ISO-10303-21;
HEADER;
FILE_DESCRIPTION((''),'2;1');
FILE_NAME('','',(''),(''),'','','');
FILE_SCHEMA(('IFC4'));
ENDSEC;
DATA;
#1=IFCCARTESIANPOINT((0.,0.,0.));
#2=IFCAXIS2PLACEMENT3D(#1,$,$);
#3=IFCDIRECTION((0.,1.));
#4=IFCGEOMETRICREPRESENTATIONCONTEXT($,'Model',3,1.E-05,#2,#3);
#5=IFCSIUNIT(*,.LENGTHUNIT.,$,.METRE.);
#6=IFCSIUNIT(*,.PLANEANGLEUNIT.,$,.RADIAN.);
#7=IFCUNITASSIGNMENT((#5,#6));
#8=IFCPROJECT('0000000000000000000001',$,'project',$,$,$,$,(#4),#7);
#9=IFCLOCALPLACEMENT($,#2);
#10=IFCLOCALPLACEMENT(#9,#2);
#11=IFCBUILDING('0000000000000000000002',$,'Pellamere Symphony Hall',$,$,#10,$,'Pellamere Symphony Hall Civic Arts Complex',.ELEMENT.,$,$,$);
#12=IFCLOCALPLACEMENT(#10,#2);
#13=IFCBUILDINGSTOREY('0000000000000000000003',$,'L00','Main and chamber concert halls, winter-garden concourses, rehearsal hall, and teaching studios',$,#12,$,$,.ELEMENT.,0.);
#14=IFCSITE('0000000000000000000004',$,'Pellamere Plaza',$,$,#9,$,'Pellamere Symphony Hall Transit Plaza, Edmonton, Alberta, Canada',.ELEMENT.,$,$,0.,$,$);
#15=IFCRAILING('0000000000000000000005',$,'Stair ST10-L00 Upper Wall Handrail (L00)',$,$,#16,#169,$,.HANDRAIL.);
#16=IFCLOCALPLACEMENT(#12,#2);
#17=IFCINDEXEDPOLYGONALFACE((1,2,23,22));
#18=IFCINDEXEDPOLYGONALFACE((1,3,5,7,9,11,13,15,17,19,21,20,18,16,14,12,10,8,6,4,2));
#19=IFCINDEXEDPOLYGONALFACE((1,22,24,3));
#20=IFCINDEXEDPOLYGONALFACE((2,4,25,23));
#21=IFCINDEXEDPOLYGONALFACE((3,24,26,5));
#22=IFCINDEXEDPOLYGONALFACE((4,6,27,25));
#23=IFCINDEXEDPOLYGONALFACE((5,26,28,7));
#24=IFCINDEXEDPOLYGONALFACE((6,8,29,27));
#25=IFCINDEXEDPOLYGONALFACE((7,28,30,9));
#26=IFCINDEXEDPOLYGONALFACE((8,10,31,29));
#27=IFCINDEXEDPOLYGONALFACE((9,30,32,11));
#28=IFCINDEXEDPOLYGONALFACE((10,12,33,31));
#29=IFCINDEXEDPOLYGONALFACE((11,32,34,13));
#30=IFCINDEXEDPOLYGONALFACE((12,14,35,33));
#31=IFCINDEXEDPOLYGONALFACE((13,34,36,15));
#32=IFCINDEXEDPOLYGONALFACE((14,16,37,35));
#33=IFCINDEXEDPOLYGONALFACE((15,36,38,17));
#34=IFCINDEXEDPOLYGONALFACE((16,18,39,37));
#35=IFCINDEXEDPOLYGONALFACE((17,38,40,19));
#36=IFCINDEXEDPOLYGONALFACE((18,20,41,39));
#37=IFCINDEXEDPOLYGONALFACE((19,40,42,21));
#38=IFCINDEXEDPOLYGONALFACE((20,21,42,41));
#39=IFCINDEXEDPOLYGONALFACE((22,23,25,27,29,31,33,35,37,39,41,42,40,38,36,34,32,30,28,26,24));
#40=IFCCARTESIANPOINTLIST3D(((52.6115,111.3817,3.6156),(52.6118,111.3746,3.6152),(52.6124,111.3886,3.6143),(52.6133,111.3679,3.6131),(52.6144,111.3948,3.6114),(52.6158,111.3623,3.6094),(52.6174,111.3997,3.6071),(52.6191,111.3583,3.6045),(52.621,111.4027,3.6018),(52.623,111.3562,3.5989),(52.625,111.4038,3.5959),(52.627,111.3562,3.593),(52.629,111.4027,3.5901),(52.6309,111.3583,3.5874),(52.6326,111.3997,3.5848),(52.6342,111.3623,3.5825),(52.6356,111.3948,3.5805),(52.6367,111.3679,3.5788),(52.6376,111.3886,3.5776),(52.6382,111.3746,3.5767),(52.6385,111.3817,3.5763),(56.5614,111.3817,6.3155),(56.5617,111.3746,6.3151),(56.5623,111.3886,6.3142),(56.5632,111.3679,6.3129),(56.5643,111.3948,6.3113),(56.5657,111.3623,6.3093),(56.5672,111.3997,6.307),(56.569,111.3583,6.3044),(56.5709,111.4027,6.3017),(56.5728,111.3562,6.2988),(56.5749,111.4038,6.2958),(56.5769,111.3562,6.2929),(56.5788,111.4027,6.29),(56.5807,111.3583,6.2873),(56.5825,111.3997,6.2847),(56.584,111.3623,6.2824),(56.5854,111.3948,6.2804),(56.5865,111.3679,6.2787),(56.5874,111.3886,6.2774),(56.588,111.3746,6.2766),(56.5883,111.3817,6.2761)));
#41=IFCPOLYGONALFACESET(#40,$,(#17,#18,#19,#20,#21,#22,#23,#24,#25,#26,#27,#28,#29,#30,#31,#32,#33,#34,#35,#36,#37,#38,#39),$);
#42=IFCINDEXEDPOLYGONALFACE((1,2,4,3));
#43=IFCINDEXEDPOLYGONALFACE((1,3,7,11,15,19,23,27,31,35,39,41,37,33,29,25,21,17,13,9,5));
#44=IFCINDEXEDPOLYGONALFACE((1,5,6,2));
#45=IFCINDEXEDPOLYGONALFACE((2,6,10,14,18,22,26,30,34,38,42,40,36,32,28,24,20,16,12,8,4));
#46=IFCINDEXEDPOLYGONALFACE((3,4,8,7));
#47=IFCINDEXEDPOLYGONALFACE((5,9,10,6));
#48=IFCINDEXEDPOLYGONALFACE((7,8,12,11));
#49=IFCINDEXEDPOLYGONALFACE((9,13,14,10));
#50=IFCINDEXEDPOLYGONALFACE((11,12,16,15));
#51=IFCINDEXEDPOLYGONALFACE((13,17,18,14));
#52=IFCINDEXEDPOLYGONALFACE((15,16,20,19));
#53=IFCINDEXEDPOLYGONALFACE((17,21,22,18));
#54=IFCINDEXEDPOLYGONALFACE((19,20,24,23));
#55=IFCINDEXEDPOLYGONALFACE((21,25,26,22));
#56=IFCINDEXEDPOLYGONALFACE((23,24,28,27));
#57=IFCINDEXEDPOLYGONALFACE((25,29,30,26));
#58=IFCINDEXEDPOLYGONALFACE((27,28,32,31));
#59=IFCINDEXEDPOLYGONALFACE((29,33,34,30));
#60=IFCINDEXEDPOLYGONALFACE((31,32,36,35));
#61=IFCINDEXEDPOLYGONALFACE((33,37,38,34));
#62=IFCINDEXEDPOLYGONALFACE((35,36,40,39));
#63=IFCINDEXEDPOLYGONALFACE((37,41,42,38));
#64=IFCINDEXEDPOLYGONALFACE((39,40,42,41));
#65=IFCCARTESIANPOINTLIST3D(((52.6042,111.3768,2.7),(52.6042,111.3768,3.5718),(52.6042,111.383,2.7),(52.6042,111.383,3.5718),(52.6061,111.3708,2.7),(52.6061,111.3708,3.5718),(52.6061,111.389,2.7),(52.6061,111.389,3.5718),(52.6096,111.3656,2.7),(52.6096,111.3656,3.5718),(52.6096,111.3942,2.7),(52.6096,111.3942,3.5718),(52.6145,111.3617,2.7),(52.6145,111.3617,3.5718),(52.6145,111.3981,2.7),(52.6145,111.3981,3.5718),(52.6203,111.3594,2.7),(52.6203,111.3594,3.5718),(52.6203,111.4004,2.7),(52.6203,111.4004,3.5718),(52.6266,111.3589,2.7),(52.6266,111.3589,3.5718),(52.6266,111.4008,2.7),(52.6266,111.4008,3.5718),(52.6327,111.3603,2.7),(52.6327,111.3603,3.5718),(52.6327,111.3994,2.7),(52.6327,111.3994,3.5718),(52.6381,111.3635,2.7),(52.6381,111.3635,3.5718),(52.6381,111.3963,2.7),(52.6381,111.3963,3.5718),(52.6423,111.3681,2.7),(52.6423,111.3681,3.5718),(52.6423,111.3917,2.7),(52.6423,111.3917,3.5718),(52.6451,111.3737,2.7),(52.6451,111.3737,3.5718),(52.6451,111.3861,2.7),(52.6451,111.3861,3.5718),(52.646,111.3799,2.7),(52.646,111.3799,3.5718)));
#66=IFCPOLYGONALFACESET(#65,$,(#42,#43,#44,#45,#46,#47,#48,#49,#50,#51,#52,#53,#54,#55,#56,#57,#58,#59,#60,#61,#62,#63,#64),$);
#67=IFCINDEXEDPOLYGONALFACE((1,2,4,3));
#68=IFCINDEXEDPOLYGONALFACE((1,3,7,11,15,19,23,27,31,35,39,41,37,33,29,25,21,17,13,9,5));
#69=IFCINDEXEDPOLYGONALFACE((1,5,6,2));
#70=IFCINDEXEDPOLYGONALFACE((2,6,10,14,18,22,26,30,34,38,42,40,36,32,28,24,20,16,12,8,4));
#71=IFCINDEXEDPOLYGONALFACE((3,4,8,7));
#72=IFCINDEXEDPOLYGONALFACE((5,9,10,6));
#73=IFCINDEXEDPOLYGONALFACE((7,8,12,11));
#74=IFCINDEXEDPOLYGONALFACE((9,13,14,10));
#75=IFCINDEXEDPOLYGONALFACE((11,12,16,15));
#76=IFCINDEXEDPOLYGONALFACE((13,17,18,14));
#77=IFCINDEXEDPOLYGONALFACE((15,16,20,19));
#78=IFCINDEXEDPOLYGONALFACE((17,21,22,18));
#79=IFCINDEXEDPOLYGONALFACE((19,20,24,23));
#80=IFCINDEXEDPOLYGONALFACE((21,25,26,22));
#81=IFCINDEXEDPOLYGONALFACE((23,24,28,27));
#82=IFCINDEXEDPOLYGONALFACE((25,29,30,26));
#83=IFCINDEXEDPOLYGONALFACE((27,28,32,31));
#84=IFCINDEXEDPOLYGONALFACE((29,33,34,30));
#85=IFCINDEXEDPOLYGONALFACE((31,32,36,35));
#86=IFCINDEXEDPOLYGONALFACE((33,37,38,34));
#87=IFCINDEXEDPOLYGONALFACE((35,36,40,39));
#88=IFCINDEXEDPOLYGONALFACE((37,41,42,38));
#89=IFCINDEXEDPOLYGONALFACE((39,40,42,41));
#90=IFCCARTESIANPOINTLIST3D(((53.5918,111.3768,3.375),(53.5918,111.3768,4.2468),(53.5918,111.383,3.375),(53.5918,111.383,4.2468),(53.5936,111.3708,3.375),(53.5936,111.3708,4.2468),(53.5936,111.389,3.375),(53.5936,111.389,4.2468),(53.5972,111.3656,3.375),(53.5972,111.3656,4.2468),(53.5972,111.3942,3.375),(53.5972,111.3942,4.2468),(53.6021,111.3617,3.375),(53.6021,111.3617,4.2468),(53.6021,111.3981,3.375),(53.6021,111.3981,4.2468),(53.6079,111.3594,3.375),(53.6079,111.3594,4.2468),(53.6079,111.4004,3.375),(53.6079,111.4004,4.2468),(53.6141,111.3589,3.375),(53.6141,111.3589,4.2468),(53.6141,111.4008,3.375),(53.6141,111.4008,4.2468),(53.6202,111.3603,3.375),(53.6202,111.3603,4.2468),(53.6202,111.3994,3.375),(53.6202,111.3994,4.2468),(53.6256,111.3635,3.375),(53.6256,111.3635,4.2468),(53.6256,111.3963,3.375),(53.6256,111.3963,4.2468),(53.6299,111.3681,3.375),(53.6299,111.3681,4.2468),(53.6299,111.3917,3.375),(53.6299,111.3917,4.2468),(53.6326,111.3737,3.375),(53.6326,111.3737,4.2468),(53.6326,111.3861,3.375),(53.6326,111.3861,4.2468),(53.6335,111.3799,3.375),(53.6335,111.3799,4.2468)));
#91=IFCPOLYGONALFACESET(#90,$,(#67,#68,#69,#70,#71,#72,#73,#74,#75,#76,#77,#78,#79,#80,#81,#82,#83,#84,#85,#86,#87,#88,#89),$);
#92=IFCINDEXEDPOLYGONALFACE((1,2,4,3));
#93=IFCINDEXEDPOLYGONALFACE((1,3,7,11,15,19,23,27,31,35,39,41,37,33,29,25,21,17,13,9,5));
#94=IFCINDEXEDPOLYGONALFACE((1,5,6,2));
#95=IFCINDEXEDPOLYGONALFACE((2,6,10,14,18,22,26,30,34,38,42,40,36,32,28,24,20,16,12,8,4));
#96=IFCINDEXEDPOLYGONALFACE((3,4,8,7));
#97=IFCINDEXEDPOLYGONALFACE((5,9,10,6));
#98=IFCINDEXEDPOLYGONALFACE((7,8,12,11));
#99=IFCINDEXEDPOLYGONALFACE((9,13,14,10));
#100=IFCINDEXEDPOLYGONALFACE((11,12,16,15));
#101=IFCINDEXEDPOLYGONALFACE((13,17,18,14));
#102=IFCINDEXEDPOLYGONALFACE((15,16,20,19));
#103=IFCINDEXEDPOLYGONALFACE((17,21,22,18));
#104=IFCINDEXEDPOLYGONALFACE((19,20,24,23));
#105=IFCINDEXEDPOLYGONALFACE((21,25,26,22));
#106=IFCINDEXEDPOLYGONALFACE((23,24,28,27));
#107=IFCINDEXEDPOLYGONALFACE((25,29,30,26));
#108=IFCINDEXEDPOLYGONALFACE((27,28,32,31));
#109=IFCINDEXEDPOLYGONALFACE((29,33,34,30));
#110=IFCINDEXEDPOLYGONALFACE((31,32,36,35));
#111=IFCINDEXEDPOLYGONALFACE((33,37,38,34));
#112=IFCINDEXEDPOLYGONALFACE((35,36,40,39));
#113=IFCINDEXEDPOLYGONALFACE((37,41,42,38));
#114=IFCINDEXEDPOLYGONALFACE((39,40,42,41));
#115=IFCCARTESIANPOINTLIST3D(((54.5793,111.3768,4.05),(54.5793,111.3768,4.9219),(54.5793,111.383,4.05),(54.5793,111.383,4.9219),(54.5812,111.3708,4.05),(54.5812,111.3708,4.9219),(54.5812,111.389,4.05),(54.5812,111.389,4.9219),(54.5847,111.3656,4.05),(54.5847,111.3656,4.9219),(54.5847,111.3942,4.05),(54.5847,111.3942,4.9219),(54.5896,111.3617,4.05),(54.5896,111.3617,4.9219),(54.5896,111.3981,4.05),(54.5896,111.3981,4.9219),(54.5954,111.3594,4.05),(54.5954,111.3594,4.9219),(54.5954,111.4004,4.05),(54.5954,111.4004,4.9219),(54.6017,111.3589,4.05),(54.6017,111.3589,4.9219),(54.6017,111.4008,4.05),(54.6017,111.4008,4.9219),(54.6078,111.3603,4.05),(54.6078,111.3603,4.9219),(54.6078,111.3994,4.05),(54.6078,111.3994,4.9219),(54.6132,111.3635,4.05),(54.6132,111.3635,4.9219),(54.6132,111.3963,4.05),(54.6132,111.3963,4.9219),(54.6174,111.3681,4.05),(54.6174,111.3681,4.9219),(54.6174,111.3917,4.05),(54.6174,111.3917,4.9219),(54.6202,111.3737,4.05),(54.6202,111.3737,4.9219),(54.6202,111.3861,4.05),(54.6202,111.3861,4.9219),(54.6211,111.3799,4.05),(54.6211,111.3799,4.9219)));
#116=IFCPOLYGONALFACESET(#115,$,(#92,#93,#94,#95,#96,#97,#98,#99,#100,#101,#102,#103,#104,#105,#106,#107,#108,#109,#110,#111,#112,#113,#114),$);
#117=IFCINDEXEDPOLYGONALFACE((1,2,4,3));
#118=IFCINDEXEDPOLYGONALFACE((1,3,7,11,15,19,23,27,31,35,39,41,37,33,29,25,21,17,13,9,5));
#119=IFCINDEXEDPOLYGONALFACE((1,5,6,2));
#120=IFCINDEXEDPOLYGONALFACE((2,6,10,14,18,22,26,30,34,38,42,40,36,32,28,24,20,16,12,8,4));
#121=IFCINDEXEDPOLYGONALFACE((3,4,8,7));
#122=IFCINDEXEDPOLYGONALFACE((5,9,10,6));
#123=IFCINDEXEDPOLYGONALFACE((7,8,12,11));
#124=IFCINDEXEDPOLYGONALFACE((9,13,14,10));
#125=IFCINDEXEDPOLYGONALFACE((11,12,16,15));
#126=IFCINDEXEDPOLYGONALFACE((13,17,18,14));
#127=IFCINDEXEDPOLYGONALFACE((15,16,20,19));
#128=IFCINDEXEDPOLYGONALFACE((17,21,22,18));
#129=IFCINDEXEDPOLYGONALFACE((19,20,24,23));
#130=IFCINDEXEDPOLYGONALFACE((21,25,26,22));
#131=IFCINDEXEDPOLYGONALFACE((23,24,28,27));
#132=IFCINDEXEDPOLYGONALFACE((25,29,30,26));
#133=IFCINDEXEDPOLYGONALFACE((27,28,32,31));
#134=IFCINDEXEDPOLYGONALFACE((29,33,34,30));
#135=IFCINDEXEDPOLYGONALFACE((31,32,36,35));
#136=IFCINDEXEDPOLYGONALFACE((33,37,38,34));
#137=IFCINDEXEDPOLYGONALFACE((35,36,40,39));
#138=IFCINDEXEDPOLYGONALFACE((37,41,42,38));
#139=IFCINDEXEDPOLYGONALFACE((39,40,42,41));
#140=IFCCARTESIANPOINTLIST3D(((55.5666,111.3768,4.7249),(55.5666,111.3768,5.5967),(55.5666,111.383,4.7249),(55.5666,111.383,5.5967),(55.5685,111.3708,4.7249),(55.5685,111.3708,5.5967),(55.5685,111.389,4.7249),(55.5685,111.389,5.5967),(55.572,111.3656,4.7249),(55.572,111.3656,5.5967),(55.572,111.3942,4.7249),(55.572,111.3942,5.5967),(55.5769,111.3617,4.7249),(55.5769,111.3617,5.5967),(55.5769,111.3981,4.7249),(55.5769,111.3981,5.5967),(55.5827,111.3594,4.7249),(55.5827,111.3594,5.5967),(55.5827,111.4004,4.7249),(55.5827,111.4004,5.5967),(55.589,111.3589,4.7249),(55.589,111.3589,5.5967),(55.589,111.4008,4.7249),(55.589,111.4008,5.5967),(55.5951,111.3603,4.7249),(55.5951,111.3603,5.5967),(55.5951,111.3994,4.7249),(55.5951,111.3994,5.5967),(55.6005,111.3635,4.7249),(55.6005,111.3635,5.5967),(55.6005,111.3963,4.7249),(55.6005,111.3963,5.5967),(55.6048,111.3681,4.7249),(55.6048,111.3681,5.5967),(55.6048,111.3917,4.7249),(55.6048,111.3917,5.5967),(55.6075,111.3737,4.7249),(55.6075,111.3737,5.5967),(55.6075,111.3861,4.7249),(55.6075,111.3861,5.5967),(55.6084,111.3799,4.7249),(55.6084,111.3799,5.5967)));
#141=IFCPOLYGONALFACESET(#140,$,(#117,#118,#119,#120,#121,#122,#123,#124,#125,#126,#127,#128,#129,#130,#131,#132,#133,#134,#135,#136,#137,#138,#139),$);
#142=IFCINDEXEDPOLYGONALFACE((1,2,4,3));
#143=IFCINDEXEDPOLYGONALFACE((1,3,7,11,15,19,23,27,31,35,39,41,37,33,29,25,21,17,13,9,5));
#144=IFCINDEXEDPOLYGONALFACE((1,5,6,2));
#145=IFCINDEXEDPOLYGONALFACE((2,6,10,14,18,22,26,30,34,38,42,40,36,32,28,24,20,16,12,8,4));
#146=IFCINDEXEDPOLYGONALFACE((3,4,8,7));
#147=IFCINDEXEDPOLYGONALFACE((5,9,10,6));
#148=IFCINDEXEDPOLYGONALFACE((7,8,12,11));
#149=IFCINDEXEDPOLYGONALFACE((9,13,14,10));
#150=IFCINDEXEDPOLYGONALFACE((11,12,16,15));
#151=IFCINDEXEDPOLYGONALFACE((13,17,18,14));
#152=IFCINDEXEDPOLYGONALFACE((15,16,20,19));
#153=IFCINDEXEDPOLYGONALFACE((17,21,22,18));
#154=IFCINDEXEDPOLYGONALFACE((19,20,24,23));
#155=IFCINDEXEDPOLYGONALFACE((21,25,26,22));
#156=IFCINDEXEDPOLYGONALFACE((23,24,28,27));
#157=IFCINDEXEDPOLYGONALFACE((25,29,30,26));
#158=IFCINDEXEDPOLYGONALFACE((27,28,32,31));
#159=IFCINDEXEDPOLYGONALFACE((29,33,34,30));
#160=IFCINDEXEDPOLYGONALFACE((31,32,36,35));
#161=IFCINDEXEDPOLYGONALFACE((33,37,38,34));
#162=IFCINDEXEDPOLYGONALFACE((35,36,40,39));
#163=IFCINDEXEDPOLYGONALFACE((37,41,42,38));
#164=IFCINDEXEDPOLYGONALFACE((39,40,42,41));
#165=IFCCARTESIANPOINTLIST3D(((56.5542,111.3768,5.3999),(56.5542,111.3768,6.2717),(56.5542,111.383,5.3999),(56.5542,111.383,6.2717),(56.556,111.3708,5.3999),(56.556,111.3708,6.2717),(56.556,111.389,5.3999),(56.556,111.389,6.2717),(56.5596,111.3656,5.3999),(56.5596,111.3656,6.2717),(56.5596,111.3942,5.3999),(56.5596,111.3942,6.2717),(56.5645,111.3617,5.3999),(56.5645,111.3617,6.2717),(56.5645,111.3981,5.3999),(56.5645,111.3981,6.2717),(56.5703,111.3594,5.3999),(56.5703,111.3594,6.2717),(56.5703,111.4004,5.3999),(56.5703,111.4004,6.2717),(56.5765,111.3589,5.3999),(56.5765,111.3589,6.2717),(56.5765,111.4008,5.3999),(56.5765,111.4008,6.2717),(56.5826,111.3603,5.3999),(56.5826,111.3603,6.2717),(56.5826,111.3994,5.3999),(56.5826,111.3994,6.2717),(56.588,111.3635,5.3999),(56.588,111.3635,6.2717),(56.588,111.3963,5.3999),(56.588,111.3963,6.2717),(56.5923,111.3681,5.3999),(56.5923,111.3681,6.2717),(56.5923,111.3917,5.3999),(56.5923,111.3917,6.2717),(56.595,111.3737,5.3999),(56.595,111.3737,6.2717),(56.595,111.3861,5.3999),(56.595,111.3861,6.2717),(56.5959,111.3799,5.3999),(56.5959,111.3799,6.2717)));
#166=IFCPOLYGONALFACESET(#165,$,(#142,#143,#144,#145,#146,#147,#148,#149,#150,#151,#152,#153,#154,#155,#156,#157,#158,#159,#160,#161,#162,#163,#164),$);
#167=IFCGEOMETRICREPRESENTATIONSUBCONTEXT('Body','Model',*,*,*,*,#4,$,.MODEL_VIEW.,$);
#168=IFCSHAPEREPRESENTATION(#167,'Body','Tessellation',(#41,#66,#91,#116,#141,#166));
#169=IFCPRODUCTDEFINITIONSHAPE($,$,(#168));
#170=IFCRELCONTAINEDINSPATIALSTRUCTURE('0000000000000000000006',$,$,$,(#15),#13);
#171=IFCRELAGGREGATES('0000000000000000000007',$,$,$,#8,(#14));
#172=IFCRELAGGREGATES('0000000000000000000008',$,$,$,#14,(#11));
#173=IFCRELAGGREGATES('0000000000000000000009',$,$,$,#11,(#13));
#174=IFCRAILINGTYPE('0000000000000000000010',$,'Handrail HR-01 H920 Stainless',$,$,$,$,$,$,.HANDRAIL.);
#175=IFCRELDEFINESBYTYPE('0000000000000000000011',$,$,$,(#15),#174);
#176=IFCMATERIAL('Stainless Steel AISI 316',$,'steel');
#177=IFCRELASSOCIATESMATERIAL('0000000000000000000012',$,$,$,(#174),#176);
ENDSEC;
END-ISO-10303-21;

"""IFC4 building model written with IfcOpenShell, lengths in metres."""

from ifc_helpers import new_model, si_unit, direction, frame, origin, origin_2d, place, context, subcontext, project, spatial, circle, extrude, material, type_object, element, save


model = new_model("IFC4")

# Units and contexts
model_context = context("Model", 3, precision=1e-05, world=origin(), true_north=direction((0.0, 1.0)))
body_context = subcontext(model_context, "Body", "Model", "MODEL_VIEW")
ifc_project = project(units=[si_unit("LENGTHUNIT", "METRE"), si_unit("PLANEANGLEUNIT", "RADIAN")], contexts=[model_context])

# Site, building, storey
site_placement = place(None, origin())
site = spatial("IfcSite", under=ifc_project, at=site_placement, Name="Pellamere Plaza", LongName="Pellamere Symphony Hall Transit Plaza, Edmonton, Alberta, Canada", CompositionType="ELEMENT", RefElevation=0.0)
building_placement = place(site_placement, origin())
building = spatial("IfcBuilding", under=site, at=building_placement, Name="Pellamere Symphony Hall", LongName="Pellamere Symphony Hall Civic Arts Complex", CompositionType="ELEMENT")
storey_placement = place(building_placement, origin())
storey = spatial("IfcBuildingStorey", under=building, at=storey_placement, Name="L00", Description="Main and chamber concert halls, winter-garden concourses, rehearsal hall, and teaching studios", CompositionType="ELEMENT", Elevation=0.0)

# Railing
ifc_material_1 = material(Name="Stainless Steel AISI 316", Category="steel")
railing_type_1 = type_object("IfcRailingType", Name="Handrail HR-01 H920 Stainless", PredefinedType="HANDRAIL", material=ifc_material_1)
for number, where, name in (
    (1, (52.625, 111.3799, 2.7), "Stair ST10-L00 Upper Wall Handrail (L00)"),
):
    element("IfcRailing", number, at=place(storey_placement, frame(where)), inside=storey, type_object=railing_type_1, Name=name, PredefinedType="HANDRAIL", context=body_context, shape_type="SweptSolid", body=[
        extrude(circle(Radius=0.0239, at=origin_2d()), frame((0.0, 0.0, 0.896), z_axis=(0.825565, 0.0, 0.564307), x_axis=(0.0, 1.0, 0.0)), (0.0, 0.0, 1.0), 4.7844),
        extrude(circle(Radius=0.021, at=origin_2d()), origin(), (0.0, 0.0, 1.0), 0.8718),
        extrude(circle(Radius=0.021, at=origin_2d()), frame((0.9875, 0.0, 0.675)), (0.0, 0.0, 1.0), 0.8718),
        extrude(circle(Radius=0.021, at=origin_2d()), frame((1.9751, 0.0, 1.3501)), (0.0, 0.0, 1.0), 0.8718),
        extrude(circle(Radius=0.021, at=origin_2d()), frame((2.9624, 0.0, 2.0249)), (0.0, 0.0, 1.0), 0.8718),
        extrude(circle(Radius=0.021, at=origin_2d()), frame((3.95, 0.0, 2.7)), (0.0, 0.0, 1.0), 0.8718),
    ])

save(model, "model.ifc")
